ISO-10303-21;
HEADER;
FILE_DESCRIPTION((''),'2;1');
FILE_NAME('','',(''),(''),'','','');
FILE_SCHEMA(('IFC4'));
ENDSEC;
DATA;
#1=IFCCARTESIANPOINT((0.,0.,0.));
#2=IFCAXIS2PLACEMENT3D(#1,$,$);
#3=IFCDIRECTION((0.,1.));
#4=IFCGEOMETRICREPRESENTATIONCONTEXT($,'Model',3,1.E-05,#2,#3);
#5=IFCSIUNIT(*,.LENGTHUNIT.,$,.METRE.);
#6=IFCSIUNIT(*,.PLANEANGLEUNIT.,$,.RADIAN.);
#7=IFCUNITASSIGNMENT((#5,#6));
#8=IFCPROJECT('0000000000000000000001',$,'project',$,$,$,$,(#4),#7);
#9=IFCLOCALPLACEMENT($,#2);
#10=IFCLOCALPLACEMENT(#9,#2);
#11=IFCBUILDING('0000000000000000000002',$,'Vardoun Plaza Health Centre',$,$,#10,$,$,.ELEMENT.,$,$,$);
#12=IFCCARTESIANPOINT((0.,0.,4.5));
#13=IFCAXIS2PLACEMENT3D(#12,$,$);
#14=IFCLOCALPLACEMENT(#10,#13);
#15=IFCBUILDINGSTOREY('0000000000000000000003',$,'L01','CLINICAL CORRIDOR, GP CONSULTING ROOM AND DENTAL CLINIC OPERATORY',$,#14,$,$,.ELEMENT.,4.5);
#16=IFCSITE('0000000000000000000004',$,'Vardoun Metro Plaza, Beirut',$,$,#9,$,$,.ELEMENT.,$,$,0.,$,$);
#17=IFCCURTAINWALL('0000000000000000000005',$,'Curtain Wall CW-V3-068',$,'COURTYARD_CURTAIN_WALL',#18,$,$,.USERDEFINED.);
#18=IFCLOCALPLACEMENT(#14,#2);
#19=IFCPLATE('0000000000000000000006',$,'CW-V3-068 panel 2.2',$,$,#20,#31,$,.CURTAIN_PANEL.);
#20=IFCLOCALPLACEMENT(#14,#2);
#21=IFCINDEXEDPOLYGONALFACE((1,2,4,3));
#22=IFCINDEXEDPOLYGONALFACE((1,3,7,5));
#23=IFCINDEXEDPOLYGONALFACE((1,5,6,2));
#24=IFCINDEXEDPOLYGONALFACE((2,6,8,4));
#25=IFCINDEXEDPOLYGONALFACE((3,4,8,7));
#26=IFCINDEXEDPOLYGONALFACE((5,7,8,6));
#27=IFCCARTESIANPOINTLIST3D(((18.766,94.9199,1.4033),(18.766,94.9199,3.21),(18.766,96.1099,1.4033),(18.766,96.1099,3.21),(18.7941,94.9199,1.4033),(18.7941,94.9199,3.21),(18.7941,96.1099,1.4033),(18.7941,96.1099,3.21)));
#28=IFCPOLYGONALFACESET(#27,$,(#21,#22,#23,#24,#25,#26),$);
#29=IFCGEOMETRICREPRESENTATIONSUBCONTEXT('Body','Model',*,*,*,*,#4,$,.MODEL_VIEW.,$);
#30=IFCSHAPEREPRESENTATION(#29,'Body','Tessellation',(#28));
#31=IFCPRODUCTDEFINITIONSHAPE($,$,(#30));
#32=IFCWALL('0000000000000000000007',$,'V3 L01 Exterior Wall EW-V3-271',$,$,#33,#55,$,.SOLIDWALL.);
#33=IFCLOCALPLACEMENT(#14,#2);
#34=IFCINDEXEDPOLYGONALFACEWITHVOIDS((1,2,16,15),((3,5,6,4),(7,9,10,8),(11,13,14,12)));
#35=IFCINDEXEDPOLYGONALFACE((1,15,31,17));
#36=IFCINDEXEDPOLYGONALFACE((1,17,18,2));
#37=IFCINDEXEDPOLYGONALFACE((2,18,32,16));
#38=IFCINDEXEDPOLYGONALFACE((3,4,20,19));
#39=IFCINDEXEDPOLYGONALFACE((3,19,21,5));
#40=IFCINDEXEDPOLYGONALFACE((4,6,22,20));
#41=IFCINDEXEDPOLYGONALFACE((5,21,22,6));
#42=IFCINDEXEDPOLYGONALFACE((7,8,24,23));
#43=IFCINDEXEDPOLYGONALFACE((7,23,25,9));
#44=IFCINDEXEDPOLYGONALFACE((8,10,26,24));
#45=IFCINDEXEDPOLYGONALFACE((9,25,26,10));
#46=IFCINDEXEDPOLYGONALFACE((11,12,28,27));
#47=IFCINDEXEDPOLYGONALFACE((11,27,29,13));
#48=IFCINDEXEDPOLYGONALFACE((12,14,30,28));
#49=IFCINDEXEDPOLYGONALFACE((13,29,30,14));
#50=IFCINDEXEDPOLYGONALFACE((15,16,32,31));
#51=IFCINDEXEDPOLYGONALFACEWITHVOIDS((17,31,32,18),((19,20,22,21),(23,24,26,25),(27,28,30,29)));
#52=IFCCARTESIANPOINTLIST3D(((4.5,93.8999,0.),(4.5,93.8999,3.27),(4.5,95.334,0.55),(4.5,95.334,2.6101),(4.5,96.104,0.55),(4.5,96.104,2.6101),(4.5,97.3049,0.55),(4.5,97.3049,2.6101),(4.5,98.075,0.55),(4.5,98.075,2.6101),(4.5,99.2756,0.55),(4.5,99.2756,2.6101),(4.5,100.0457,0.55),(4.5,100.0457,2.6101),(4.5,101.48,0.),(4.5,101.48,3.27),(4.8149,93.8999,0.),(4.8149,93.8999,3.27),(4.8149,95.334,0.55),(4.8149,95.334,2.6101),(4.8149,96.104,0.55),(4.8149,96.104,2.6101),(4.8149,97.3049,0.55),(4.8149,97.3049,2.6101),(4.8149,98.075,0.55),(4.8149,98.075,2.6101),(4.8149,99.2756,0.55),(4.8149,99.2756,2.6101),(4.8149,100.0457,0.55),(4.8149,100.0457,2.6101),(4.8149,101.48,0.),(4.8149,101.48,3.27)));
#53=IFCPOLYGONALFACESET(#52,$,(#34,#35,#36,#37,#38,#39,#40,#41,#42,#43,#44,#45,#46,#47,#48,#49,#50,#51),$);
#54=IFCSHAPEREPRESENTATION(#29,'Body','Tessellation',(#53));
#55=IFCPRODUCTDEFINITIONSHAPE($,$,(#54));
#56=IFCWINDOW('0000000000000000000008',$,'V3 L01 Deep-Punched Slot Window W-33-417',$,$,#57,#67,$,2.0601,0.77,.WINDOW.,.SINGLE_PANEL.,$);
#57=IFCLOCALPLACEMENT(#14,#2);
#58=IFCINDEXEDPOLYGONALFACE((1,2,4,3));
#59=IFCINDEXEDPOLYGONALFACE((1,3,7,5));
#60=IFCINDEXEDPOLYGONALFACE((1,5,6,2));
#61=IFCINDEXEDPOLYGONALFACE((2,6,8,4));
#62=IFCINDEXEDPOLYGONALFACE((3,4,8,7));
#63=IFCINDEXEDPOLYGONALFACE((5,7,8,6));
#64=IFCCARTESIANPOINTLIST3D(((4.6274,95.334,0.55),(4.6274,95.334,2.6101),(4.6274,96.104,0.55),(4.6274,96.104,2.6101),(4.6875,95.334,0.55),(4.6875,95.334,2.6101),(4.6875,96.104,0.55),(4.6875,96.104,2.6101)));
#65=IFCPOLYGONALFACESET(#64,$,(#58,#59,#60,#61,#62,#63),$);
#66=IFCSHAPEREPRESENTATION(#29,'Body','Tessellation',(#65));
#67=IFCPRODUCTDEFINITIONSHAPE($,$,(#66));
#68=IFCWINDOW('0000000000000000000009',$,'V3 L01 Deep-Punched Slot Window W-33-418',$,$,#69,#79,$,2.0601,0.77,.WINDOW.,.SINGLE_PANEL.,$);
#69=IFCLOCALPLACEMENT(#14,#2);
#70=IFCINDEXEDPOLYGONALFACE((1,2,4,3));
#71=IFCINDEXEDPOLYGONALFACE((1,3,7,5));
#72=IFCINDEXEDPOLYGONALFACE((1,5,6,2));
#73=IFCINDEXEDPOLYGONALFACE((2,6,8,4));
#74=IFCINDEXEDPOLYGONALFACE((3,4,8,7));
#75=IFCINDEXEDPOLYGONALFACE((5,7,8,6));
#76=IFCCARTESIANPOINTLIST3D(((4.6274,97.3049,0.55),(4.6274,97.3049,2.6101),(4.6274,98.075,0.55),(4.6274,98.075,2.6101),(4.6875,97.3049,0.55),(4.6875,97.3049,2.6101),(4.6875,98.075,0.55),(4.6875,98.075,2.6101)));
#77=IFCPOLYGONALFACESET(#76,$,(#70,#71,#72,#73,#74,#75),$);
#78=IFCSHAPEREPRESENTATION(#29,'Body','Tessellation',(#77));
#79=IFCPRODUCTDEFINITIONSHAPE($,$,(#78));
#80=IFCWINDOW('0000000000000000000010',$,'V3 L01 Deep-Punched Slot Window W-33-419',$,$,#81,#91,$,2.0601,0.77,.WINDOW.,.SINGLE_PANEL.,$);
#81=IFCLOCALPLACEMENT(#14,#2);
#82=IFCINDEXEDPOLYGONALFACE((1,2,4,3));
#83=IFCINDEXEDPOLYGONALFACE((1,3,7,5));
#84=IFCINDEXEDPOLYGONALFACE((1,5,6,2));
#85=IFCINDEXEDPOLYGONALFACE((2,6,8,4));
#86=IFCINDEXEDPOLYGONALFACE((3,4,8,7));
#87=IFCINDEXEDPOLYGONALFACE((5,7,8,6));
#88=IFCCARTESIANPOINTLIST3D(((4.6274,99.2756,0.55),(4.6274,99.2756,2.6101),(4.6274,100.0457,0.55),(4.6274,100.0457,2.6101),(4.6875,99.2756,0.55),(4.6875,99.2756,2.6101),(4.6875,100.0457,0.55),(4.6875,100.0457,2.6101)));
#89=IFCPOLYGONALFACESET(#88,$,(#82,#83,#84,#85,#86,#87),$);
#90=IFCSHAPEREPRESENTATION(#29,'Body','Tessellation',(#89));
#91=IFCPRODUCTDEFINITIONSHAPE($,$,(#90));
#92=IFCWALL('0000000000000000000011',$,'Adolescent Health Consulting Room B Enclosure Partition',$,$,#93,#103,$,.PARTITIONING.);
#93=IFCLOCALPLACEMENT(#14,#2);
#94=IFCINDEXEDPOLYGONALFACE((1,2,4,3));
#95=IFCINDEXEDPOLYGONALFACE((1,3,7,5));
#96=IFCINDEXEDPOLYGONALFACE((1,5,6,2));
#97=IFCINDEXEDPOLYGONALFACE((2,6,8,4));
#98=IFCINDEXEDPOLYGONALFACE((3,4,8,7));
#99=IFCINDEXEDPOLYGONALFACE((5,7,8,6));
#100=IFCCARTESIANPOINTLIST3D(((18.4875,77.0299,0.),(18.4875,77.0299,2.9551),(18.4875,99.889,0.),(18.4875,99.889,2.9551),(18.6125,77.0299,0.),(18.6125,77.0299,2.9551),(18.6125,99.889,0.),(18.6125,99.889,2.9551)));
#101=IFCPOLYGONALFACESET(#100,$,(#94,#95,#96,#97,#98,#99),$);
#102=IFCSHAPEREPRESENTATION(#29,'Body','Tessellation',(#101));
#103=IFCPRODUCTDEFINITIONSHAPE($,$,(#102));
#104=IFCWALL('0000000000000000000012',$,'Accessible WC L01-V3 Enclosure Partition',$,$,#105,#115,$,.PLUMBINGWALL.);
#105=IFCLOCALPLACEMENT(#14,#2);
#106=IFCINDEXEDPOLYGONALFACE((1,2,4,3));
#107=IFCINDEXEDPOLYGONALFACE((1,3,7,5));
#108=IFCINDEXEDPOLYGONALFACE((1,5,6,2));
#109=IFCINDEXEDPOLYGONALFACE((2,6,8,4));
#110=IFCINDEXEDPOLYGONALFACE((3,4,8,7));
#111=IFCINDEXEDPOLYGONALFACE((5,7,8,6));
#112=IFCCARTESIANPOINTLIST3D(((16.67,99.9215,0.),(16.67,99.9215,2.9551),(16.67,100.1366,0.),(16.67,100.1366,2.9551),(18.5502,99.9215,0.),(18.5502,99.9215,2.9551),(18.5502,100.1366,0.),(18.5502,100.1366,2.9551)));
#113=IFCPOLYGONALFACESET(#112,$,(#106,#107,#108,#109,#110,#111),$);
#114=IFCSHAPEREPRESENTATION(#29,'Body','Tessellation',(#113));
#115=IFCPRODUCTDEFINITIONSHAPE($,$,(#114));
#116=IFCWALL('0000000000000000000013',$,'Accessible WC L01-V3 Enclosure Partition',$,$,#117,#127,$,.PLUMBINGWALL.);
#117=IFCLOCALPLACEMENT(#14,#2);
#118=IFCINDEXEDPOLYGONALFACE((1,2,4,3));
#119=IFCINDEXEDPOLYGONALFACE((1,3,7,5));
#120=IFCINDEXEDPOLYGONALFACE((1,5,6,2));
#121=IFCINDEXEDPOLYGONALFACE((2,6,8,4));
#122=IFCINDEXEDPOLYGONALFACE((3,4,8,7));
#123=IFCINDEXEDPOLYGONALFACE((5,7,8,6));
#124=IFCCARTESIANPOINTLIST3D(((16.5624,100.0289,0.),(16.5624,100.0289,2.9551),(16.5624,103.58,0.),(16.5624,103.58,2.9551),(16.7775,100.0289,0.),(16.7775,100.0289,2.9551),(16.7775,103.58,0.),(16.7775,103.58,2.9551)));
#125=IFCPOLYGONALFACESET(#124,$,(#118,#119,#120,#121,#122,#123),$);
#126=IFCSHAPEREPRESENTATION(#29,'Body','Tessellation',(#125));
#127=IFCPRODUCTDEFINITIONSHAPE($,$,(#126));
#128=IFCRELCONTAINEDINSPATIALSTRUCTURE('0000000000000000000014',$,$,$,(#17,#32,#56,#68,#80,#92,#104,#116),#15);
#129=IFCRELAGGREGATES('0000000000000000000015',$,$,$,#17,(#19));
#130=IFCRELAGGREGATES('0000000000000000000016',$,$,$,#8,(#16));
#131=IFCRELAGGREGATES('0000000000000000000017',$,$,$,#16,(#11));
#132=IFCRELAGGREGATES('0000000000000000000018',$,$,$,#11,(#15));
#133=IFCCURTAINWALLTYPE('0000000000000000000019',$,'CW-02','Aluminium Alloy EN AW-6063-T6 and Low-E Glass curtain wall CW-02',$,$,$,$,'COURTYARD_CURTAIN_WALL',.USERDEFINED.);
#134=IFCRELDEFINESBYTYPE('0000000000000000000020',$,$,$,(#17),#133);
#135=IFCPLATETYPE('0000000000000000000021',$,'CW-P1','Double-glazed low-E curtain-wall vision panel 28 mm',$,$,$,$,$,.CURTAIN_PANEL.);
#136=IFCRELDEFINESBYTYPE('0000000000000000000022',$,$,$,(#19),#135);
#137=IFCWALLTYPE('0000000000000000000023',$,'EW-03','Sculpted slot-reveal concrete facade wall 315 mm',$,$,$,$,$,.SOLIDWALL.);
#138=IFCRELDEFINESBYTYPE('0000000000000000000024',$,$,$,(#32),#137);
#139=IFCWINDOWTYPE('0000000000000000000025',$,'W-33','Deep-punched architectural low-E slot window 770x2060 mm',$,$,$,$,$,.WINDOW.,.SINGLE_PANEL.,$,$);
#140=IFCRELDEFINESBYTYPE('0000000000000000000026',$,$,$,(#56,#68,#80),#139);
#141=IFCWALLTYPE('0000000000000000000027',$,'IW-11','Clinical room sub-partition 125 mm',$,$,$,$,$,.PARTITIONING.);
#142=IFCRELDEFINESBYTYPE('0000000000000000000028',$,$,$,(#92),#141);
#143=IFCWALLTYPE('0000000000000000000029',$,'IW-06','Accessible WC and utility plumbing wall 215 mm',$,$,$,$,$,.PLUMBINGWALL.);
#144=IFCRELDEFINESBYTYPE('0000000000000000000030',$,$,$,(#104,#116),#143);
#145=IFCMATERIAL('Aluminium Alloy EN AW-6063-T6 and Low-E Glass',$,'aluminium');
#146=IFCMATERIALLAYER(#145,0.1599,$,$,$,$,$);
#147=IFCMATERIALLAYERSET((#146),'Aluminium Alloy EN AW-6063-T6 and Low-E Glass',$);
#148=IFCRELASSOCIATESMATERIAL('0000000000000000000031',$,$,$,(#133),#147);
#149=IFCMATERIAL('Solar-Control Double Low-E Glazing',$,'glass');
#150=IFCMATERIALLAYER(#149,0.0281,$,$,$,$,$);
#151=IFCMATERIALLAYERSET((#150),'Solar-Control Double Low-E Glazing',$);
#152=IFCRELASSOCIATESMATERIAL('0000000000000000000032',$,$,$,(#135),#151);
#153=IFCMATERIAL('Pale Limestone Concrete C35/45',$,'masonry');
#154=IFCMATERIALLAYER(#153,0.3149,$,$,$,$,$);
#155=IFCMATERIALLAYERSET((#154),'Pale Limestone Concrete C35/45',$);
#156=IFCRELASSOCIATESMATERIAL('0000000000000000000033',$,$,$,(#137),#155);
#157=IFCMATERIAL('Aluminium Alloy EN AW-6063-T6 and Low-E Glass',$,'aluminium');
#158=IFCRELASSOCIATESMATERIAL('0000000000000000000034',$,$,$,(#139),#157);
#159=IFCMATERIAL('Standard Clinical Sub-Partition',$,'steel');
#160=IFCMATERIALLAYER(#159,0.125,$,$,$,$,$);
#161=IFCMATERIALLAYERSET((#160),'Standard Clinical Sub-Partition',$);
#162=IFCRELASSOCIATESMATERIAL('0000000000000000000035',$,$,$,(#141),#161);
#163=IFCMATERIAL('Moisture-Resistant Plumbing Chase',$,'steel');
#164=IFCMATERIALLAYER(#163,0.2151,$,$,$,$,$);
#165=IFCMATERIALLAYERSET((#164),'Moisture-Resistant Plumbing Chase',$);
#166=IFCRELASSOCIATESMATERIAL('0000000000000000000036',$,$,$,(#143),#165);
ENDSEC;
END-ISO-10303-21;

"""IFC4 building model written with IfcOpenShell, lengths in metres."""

from ifc_helpers import new_model, si_unit, direction, frame, frame_2d, origin, origin_2d, place, context, subcontext, project, spatial, rectangle, extrude, material, layer, layer_set, type_object, element, fill, aggregate, save


model = new_model("IFC4")

# Units and contexts
model_context = context("Model", 3, precision=1e-05, world=origin(), true_north=direction((0.0, 1.0)))
body_context = subcontext(model_context, "Body", "Model", "MODEL_VIEW")
ifc_project = project(units=[si_unit("LENGTHUNIT", "METRE"), si_unit("PLANEANGLEUNIT", "RADIAN")], contexts=[model_context])

# Site, building, storey
site_placement = place(None, origin())
site = spatial("IfcSite", under=ifc_project, at=site_placement, Name="Vardoun Metro Plaza, Beirut", CompositionType="ELEMENT", RefElevation=0.0)
building_placement = place(site_placement, origin())
building = spatial("IfcBuilding", under=site, at=building_placement, Name="Vardoun Plaza Health Centre", CompositionType="ELEMENT")
storey_placement = place(building_placement, frame((0.0, 0.0, 4.5)))
storey = spatial("IfcBuildingStorey", under=building, at=storey_placement, Name="L01", Description="CLINICAL CORRIDOR, GP CONSULTING ROOM AND DENTAL CLINIC OPERATORY", CompositionType="ELEMENT", Elevation=4.5)

# Curtain wall
ifc_material_1 = material(Name="Aluminium Alloy EN AW-6063-T6 and Low-E Glass", Category="aluminium")
ifc_layer_1 = layer(ifc_material_1, 0.1599)
ifc_layer_set_1 = layer_set([ifc_layer_1], Name="Aluminium Alloy EN AW-6063-T6 and Low-E Glass")
curtain_wall_type = type_object("IfcCurtainWallType", Name="CW-02", Description="Aluminium Alloy EN AW-6063-T6 and Low-E Glass curtain wall CW-02", ElementType="COURTYARD_CURTAIN_WALL", PredefinedType="USERDEFINED", material=ifc_layer_set_1)
curtain_wall_1_placement = place(storey_placement, origin())
curtain_wall_1 = element("IfcCurtainWall", 1, at=curtain_wall_1_placement, inside=storey, type_object=curtain_wall_type, Name="Curtain Wall CW-V3-068", ObjectType="COURTYARD_CURTAIN_WALL", PredefinedType="USERDEFINED")

# Plate
ifc_material_2 = material(Name="Solar-Control Double Low-E Glazing", Category="glass")
ifc_layer_2 = layer(ifc_material_2, 0.0281)
ifc_layer_set_2 = layer_set([ifc_layer_2], Name="Solar-Control Double Low-E Glazing")
plate_type = type_object("IfcPlateType", Name="CW-P1", Description="Double-glazed low-E curtain-wall vision panel 28 mm", PredefinedType="CURTAIN_PANEL", material=ifc_layer_set_2)
plate_1_placement = place(storey_placement, frame((18.78, 95.5149, 1.4033), z_axis=(0.0, 0.0, 1.0), x_axis=(0.0, -1.0, 0.0)))
plate_1 = element("IfcPlate", 2, at=plate_1_placement, type_object=plate_type, Name="CW-V3-068 panel 2.2", PredefinedType="CURTAIN_PANEL", context=body_context, shape_type="SweptSolid", body=[
    extrude(rectangle(XDim=1.1899, YDim=0.0281, at=origin_2d()), origin(), (0.0, 0.0, 1.0), 1.8066),
])
aggregate(curtain_wall_1, [plate_1])

# Wall, openings, windows
ifc_material_3 = material(Name="Pale Limestone Concrete C35/45", Category="masonry")
ifc_layer_3 = layer(ifc_material_3, 0.3149)
ifc_layer_set_3 = layer_set([ifc_layer_3], Name="Pale Limestone Concrete C35/45")
wall_type_1 = type_object("IfcWallType", Name="EW-03", Description="Sculpted slot-reveal concrete facade wall 315 mm", PredefinedType="SOLIDWALL", material=ifc_layer_set_3)
wall_1_placement = place(storey_placement, frame((4.6575, 93.8999, 0.0), z_axis=(0.0, 0.0, 1.0), x_axis=(0.0, 1.0, 0.0)))
wall_1 = element("IfcWall", 3, at=wall_1_placement, inside=storey, type_object=wall_type_1, Name="V3 L01 Exterior Wall EW-V3-271", PredefinedType="SOLIDWALL", context=body_context, shape_type="SweptSolid", body=[
    extrude(rectangle(XDim=7.5801, YDim=0.3149, at=frame_2d((3.79, 0.0))), origin(), (0.0, 0.0, 1.0), 3.27),
])
opening_1_placement = place(wall_1_placement, frame((1.4341, 0.0, 0.55)))
opening_1 = element("IfcOpeningElement", 4, at=opening_1_placement, cuts=wall_1, PredefinedType="OPENING", context=body_context, shape_type="SweptSolid", body=[
    extrude(rectangle(XDim=0.77, YDim=2.0601, at=frame_2d((0.385, 1.03))), frame((0.0, 0.1575, 0.0), z_axis=(0.0, -1.0, 0.0), x_axis=(1.0, 0.0, 0.0)), (0.0, 0.0, 1.0), 0.3149),
])
opening_2_placement = place(wall_1_placement, frame((3.405, 0.0, 0.55)))
opening_2 = element("IfcOpeningElement", 5, at=opening_2_placement, cuts=wall_1, PredefinedType="OPENING", context=body_context, shape_type="SweptSolid", body=[
    extrude(rectangle(XDim=0.77, YDim=2.0601, at=frame_2d((0.385, 1.03))), frame((0.0, 0.1575, 0.0), z_axis=(0.0, -1.0, 0.0), x_axis=(1.0, 0.0, 0.0)), (0.0, 0.0, 1.0), 0.3149),
])
opening_3_placement = place(wall_1_placement, frame((5.3757, 0.0, 0.55)))
opening_3 = element("IfcOpeningElement", 6, at=opening_3_placement, cuts=wall_1, PredefinedType="OPENING", context=body_context, shape_type="SweptSolid", body=[
    extrude(rectangle(XDim=0.77, YDim=2.0601, at=frame_2d((0.385, 1.03))), frame((0.0, 0.1575, 0.0), z_axis=(0.0, -1.0, 0.0), x_axis=(1.0, 0.0, 0.0)), (0.0, 0.0, 1.0), 0.3149),
])
ifc_material_4 = material(Name="Aluminium Alloy EN AW-6063-T6 and Low-E Glass", Category="aluminium")
window_type = type_object("IfcWindowType", Name="W-33", Description="Deep-punched architectural low-E slot window 770x2060 mm", PartitioningType="SINGLE_PANEL", PredefinedType="WINDOW", material=ifc_material_4)
window_1_placement = place(opening_1_placement, origin())
window_1 = element("IfcWindow", 7, at=window_1_placement, inside=storey, type_object=window_type, Name="V3 L01 Deep-Punched Slot Window W-33-417", OverallHeight=2.0601, OverallWidth=0.77, PartitioningType="SINGLE_PANEL", PredefinedType="WINDOW", context=body_context, shape_type="SweptSolid", body=[
    extrude(rectangle(XDim=0.77, YDim=2.0601, at=frame_2d((0.385, 1.03))), frame((0.0, 0.03, 0.0), z_axis=(0.0, -1.0, 0.0), x_axis=(1.0, 0.0, 0.0)), (0.0, 0.0, 1.0), 0.0601),
])
fill(opening_1, window_1)
window_2_placement = place(opening_2_placement, origin())
window_2 = element("IfcWindow", 8, at=window_2_placement, inside=storey, type_object=window_type, Name="V3 L01 Deep-Punched Slot Window W-33-418", OverallHeight=2.0601, OverallWidth=0.77, PartitioningType="SINGLE_PANEL", PredefinedType="WINDOW", context=body_context, shape_type="SweptSolid", body=[
    extrude(rectangle(XDim=0.77, YDim=2.0601, at=frame_2d((0.385, 1.03))), frame((0.0, 0.03, 0.0), z_axis=(0.0, -1.0, 0.0), x_axis=(1.0, 0.0, 0.0)), (0.0, 0.0, 1.0), 0.0601),
])
fill(opening_2, window_2)
window_3_placement = place(opening_3_placement, origin())
window_3 = element("IfcWindow", 9, at=window_3_placement, inside=storey, type_object=window_type, Name="V3 L01 Deep-Punched Slot Window W-33-419", OverallHeight=2.0601, OverallWidth=0.77, PartitioningType="SINGLE_PANEL", PredefinedType="WINDOW", context=body_context, shape_type="SweptSolid", body=[
    extrude(rectangle(XDim=0.77, YDim=2.0601, at=frame_2d((0.385, 1.03))), frame((0.0, 0.03, 0.0), z_axis=(0.0, -1.0, 0.0), x_axis=(1.0, 0.0, 0.0)), (0.0, 0.0, 1.0), 0.0601),
])
fill(opening_3, window_3)

# Walls
ifc_material_5 = material(Name="Standard Clinical Sub-Partition", Category="steel")
ifc_layer_4 = layer(ifc_material_5, 0.125)
ifc_layer_set_4 = layer_set([ifc_layer_4], Name="Standard Clinical Sub-Partition")
wall_type_2 = type_object("IfcWallType", Name="IW-11", Description="Clinical room sub-partition 125 mm", PredefinedType="PARTITIONING", material=ifc_layer_set_4)
wall_2_placement = place(storey_placement, frame((18.55, 99.8892, 0.0), z_axis=(0.0, 0.0, 1.0), x_axis=(0.0, -1.0, 0.0)))
element("IfcWall", 10, at=wall_2_placement, inside=storey, type_object=wall_type_2, Name="Adolescent Health Consulting Room B Enclosure Partition", PredefinedType="PARTITIONING", context=body_context, shape_type="SweptSolid", body=[
    extrude(rectangle(XDim=22.8591, YDim=0.125, at=frame_2d((11.4297, 0.0))), origin(), (0.0, 0.0, 1.0), 2.9551),
])
ifc_material_6 = material(Name="Moisture-Resistant Plumbing Chase", Category="steel")
ifc_layer_5 = layer(ifc_material_6, 0.2151)
ifc_layer_set_5 = layer_set([ifc_layer_5], Name="Moisture-Resistant Plumbing Chase")
wall_type_3 = type_object("IfcWallType", Name="IW-06", Description="Accessible WC and utility plumbing wall 215 mm", PredefinedType="PLUMBINGWALL", material=ifc_layer_set_5)
wall_3_placement = place(storey_placement, frame((18.55, 100.0291, 0.0), z_axis=(0.0, 0.0, 1.0), x_axis=(-1.0, 0.0, 0.0)))
element("IfcWall", 11, at=wall_3_placement, inside=storey, type_object=wall_type_3, Name="Accessible WC L01-V3 Enclosure Partition", PredefinedType="PLUMBINGWALL", context=body_context, shape_type="SweptSolid", body=[
    extrude(rectangle(XDim=1.8801, YDim=0.2151, at=frame_2d((0.9399, 0.0))), origin(), (0.0, 0.0, 1.0), 2.9551),
])
wall_4_placement = place(storey_placement, frame((16.6699, 100.0291, 0.0), z_axis=(0.0, 0.0, 1.0), x_axis=(0.0, 1.0, 0.0)))
element("IfcWall", 12, at=wall_4_placement, inside=storey, type_object=wall_type_3, Name="Accessible WC L01-V3 Enclosure Partition", PredefinedType="PLUMBINGWALL", context=body_context, shape_type="SweptSolid", body=[
    extrude(rectangle(XDim=3.551, YDim=0.2151, at=frame_2d((1.7754, 0.0))), origin(), (0.0, 0.0, 1.0), 2.9551),
])

save(model, "model.ifc")
